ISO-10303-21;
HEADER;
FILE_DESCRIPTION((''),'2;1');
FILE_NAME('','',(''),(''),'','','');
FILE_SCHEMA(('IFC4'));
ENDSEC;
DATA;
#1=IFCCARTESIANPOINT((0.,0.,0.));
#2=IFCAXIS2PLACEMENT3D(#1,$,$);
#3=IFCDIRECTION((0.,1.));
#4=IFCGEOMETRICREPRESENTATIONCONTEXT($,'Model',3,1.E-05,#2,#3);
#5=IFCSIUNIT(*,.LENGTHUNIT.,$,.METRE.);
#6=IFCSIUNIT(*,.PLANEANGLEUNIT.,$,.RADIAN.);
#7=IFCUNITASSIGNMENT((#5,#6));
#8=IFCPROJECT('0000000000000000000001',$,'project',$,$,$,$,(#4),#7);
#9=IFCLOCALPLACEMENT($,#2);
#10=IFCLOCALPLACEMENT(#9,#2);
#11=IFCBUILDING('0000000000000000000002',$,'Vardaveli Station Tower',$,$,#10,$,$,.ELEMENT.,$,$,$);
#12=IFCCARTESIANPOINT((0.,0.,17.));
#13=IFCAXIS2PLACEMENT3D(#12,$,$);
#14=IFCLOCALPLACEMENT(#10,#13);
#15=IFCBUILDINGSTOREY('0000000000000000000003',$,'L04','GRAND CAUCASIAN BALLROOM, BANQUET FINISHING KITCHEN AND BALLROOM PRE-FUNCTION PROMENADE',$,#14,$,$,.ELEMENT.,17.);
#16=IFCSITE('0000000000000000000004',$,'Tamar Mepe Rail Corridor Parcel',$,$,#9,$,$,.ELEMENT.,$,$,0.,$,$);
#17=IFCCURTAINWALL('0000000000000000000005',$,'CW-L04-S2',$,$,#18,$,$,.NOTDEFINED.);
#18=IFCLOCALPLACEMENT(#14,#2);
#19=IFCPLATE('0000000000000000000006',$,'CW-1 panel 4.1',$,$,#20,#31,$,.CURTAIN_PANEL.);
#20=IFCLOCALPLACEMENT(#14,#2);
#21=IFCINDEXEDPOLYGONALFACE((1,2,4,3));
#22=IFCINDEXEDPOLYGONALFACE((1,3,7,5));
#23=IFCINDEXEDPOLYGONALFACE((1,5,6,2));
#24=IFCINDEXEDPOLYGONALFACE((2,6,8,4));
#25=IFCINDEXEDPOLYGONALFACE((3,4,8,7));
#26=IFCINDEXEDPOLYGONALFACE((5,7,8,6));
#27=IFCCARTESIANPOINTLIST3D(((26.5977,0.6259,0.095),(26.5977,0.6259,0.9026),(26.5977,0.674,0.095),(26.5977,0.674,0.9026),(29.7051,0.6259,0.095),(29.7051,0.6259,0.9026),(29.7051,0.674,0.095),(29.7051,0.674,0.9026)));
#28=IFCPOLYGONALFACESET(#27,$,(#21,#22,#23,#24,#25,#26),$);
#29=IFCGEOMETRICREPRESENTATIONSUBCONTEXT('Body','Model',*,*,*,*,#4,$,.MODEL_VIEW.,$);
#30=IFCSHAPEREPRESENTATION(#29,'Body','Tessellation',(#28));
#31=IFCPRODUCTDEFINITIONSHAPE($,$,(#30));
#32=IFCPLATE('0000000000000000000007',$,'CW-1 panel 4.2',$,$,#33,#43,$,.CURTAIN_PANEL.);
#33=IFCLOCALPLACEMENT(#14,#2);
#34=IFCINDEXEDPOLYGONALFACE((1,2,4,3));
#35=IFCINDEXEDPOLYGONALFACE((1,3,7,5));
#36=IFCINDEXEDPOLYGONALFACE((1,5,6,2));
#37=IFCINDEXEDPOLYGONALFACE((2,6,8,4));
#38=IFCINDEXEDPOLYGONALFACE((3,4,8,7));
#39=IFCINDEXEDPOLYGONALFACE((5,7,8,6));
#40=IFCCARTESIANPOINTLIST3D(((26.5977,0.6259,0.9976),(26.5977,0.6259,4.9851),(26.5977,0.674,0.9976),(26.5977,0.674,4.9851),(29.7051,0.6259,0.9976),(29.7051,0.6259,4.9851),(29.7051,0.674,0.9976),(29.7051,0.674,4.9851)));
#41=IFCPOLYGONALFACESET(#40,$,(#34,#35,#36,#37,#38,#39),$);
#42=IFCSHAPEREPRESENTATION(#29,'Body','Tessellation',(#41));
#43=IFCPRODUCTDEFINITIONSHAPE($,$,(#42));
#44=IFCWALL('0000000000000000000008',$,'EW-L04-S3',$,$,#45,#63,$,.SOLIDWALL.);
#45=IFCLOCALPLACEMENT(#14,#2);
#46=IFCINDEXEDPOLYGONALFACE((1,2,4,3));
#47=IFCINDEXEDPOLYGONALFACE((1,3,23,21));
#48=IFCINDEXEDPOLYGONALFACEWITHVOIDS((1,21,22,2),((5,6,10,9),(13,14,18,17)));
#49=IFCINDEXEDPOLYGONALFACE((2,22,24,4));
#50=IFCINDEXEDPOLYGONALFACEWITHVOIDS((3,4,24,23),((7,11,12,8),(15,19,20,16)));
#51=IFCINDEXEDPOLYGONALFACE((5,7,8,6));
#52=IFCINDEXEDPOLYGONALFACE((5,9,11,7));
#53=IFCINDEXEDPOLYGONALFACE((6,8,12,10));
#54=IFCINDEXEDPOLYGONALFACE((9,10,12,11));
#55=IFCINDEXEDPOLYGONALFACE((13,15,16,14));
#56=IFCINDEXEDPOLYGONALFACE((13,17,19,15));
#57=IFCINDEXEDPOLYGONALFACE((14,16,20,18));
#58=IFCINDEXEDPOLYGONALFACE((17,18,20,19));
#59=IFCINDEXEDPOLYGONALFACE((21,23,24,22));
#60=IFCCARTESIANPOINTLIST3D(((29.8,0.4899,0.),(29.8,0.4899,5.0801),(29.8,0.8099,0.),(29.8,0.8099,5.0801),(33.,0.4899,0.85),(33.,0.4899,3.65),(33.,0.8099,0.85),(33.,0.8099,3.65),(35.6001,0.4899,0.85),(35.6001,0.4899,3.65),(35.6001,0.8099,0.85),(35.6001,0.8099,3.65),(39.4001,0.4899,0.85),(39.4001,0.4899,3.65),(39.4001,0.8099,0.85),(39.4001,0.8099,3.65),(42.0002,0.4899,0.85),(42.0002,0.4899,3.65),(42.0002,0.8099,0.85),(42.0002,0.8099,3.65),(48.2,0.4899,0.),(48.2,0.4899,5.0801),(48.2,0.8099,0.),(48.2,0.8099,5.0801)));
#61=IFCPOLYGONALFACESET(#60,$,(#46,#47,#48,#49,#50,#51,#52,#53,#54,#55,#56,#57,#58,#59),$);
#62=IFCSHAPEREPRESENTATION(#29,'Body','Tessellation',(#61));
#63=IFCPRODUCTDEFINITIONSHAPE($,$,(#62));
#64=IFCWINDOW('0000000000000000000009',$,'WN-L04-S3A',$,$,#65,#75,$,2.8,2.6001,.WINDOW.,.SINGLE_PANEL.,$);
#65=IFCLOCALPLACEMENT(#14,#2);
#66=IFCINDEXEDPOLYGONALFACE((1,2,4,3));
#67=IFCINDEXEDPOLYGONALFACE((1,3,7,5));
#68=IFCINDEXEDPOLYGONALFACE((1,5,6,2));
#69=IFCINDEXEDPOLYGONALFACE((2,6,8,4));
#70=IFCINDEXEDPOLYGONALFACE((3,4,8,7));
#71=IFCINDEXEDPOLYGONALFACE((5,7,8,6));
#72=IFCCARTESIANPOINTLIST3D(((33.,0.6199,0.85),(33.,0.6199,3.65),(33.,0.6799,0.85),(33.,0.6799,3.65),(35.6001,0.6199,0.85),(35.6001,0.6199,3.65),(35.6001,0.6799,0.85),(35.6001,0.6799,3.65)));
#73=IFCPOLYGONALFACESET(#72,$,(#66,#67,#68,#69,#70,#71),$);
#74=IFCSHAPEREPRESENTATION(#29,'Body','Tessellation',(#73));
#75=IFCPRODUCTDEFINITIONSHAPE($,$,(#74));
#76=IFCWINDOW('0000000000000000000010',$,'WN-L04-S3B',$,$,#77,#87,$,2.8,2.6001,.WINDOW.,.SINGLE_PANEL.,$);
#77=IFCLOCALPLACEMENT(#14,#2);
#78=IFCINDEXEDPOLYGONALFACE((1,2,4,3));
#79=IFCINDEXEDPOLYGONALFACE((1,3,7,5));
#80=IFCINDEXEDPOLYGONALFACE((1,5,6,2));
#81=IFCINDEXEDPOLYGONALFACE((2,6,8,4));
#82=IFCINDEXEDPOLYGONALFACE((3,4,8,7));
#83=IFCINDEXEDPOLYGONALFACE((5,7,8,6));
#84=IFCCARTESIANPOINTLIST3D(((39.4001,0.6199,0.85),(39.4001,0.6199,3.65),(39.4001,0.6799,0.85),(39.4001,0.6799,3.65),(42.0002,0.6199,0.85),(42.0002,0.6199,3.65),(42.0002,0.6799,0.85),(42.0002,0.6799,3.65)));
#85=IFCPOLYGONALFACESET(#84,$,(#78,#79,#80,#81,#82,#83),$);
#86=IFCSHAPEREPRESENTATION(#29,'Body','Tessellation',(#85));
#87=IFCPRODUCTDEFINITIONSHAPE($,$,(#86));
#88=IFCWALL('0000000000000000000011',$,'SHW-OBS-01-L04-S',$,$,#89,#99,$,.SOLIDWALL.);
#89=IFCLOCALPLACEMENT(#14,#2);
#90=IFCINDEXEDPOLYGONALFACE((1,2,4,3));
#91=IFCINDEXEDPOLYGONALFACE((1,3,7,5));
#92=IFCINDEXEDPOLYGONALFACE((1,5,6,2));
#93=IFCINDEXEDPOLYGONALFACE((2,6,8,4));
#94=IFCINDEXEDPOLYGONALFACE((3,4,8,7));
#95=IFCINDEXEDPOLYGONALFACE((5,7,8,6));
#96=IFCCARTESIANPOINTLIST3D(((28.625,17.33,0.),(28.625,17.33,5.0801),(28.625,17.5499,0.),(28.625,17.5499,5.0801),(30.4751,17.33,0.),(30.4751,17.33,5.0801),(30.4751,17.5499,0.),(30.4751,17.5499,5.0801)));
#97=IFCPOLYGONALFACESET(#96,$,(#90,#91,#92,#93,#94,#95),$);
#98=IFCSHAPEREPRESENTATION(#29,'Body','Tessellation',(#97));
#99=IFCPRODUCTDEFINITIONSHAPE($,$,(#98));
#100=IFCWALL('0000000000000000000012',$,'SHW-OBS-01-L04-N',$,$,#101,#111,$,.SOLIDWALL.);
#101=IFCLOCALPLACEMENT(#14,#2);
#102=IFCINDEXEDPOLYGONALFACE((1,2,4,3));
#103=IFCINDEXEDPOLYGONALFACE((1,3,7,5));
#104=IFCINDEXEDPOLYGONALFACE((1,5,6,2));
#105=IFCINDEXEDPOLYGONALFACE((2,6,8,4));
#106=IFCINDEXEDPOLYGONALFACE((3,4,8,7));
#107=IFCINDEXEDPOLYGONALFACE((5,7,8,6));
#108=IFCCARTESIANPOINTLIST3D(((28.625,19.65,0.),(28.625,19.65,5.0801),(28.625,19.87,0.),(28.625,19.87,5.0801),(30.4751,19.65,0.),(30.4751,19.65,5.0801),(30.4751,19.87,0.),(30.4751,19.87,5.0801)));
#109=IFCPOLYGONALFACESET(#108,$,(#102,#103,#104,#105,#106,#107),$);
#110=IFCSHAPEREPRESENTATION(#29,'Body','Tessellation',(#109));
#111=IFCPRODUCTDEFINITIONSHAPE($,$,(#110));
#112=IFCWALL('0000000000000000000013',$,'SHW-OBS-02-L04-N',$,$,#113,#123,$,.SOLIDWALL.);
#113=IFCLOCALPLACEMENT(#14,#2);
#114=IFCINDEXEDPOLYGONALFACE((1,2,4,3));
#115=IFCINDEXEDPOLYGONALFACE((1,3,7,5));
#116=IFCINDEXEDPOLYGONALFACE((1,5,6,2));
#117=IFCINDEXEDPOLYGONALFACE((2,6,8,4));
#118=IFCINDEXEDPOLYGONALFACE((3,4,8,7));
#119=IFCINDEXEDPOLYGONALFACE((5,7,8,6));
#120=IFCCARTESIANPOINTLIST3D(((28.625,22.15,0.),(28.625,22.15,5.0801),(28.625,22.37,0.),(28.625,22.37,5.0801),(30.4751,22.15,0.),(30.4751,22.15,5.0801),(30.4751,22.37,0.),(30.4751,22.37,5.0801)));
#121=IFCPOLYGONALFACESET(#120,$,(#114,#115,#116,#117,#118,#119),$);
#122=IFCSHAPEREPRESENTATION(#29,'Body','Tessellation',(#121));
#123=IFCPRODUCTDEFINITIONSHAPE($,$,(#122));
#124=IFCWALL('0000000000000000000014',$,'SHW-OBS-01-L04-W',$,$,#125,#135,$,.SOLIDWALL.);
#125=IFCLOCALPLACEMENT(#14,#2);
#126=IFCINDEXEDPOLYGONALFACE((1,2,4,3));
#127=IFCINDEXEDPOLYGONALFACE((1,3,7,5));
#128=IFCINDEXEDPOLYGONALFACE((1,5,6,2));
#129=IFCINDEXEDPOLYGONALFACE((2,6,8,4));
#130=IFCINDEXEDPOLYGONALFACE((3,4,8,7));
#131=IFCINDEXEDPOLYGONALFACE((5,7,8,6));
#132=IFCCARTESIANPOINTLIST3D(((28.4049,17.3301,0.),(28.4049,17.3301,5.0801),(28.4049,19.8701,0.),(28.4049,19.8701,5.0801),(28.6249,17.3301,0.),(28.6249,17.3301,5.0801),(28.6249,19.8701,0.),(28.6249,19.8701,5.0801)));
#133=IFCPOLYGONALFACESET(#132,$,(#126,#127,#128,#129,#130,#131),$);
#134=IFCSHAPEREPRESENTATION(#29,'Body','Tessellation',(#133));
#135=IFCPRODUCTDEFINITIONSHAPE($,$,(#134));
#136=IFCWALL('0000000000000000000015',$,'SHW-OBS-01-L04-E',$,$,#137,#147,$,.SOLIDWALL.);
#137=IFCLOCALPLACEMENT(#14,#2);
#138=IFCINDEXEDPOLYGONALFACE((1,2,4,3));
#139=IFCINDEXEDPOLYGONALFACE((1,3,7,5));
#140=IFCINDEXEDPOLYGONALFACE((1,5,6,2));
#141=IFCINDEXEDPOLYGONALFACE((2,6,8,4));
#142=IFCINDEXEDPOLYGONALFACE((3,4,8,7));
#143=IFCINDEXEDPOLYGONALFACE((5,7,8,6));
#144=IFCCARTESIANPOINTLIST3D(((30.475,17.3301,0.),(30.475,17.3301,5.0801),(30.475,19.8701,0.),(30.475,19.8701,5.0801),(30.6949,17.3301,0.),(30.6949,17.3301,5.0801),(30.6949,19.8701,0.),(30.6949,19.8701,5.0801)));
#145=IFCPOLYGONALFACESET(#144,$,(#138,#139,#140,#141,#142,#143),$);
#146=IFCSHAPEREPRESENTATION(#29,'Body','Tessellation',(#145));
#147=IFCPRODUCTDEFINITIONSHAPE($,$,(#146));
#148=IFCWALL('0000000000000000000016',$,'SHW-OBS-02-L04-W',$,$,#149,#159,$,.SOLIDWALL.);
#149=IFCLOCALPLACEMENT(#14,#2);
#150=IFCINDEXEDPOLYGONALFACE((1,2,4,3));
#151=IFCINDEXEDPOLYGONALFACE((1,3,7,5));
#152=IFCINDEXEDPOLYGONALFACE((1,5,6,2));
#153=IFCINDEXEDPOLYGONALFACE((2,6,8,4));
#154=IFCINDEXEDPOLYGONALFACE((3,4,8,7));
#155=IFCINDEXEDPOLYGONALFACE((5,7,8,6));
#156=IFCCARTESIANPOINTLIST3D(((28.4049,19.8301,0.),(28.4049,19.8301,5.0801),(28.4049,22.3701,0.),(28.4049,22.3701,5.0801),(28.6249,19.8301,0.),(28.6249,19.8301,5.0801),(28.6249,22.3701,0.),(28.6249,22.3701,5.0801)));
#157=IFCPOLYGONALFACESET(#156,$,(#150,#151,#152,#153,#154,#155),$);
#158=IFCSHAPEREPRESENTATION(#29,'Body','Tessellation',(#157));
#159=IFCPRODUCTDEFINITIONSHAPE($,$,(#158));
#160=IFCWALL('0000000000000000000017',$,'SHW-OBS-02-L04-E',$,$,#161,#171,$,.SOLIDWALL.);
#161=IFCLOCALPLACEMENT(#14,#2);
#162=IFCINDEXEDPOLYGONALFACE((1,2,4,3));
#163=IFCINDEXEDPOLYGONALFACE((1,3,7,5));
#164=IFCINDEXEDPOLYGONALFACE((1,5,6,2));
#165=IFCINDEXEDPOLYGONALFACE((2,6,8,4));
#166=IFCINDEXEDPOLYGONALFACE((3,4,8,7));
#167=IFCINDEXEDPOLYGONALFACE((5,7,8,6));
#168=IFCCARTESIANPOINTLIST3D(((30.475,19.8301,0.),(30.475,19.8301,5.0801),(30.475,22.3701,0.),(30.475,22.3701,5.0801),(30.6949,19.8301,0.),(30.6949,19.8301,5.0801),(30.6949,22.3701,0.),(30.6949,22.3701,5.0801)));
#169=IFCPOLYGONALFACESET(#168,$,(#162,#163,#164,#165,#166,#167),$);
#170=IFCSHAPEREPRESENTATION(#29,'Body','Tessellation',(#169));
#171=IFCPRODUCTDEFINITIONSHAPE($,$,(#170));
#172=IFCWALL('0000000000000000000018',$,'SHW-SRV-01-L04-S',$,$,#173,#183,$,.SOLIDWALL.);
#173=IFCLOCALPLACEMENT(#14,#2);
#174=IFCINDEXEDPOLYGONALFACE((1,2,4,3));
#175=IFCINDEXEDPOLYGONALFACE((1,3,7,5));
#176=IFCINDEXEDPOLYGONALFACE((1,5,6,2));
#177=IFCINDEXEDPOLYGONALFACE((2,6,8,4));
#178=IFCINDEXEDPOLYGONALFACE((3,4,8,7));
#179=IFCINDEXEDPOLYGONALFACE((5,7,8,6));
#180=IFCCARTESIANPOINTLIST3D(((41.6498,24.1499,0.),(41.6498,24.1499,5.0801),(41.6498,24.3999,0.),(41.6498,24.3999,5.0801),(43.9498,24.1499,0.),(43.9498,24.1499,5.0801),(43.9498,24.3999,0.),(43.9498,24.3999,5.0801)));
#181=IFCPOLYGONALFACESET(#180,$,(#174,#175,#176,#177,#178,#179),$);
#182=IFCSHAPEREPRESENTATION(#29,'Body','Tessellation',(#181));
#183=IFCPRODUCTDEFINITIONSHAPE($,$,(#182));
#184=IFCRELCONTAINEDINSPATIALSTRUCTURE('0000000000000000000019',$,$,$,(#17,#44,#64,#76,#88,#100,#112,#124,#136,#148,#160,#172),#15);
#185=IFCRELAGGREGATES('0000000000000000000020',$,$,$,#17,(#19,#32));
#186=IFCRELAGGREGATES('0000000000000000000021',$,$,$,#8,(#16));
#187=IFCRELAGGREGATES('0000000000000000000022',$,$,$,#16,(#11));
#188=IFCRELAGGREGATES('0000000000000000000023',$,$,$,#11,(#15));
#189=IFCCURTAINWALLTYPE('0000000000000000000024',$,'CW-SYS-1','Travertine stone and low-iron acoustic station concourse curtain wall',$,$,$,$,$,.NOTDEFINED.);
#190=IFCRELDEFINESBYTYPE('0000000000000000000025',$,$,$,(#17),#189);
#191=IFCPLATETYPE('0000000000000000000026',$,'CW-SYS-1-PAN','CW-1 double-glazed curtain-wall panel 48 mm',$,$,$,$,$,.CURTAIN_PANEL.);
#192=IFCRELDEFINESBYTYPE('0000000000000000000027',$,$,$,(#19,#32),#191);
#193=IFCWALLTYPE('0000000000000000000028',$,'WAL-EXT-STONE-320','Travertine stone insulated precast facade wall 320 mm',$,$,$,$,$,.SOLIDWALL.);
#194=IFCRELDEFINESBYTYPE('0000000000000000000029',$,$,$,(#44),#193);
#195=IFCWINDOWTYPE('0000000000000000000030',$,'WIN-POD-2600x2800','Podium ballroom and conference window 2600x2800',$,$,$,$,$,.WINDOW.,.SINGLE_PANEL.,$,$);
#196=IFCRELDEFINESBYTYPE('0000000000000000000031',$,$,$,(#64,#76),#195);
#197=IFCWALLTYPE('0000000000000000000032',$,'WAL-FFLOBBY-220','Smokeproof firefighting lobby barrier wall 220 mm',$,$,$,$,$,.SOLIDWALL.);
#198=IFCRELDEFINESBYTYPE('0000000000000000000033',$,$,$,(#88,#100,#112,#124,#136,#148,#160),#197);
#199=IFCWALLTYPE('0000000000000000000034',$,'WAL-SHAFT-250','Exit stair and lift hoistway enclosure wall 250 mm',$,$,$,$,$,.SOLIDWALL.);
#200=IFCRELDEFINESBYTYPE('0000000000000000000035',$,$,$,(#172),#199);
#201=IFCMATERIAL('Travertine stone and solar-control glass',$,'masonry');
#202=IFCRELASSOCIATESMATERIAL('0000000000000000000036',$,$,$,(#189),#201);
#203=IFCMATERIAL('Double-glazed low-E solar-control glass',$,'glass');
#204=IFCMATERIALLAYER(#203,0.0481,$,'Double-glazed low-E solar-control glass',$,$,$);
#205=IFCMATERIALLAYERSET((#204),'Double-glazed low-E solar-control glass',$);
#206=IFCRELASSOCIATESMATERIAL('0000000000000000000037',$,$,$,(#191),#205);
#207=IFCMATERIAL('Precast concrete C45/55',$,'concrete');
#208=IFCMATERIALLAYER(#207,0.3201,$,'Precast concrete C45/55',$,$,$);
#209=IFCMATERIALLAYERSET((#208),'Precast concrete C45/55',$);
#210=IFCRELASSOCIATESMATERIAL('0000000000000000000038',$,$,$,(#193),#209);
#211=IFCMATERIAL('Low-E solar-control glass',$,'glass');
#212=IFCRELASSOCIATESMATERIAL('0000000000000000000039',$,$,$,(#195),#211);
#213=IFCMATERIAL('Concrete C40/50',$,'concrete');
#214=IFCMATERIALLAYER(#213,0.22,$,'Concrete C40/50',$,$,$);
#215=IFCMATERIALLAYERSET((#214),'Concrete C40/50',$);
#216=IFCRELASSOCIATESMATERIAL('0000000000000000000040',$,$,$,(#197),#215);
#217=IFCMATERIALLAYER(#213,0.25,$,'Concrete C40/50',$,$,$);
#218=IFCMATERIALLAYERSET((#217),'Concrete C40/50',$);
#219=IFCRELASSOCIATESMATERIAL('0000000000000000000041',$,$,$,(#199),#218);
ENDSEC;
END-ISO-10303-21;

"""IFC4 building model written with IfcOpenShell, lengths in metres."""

from ifc_helpers import new_model, si_unit, direction, frame, frame_2d, origin, origin_2d, place, context, subcontext, project, spatial, rectangle, extrude, source, transform, mapped, material, layer, layer_set, type_object, element, fill, aggregate, save


model = new_model("IFC4")

# Units and contexts
model_context = context("Model", 3, precision=1e-05, world=origin(), true_north=direction((0.0, 1.0)))
body_context = subcontext(model_context, "Body", "Model", "MODEL_VIEW")
ifc_project = project(units=[si_unit("LENGTHUNIT", "METRE"), si_unit("PLANEANGLEUNIT", "RADIAN")], contexts=[model_context])

# Site, building, storey
site_placement = place(None, origin())
site = spatial("IfcSite", under=ifc_project, at=site_placement, Name="Tamar Mepe Rail Corridor Parcel", CompositionType="ELEMENT", RefElevation=0.0)
building_placement = place(site_placement, origin())
building = spatial("IfcBuilding", under=site, at=building_placement, Name="Vardaveli Station Tower", CompositionType="ELEMENT")
storey_placement = place(building_placement, frame((0.0, 0.0, 17.0)))
storey = spatial("IfcBuildingStorey", under=building, at=storey_placement, Name="L04", Description="GRAND CAUCASIAN BALLROOM, BANQUET FINISHING KITCHEN AND BALLROOM PRE-FUNCTION PROMENADE", CompositionType="ELEMENT", Elevation=17.0)

# Curtain wall, plates
ifc_material_1 = material(Name="Travertine stone and solar-control glass", Category="masonry")
curtain_wall_type = type_object("IfcCurtainWallType", Name="CW-SYS-1", Description="Travertine stone and low-iron acoustic station concourse curtain wall", PredefinedType="NOTDEFINED", material=ifc_material_1)
curtain_wall_placement = place(storey_placement, origin())
curtain_wall = element("IfcCurtainWall", 1, at=curtain_wall_placement, inside=storey, type_object=curtain_wall_type, Name="CW-L04-S2", PredefinedType="NOTDEFINED")
ifc_material_2 = material(Name="Double-glazed low-E solar-control glass", Category="glass")
ifc_layer_1 = layer(ifc_material_2, 0.0481, Name="Double-glazed low-E solar-control glass")
ifc_layer_set_1 = layer_set([ifc_layer_1], Name="Double-glazed low-E solar-control glass")
plate_type = type_object("IfcPlateType", Name="CW-SYS-1-PAN", Description="CW-1 double-glazed curtain-wall panel 48 mm", PredefinedType="CURTAIN_PANEL", material=ifc_layer_set_1)
shared_shape_1 = source(origin(), body_context, "Body", "SweptSolid", [
    extrude(rectangle(XDim=3.1074, YDim=0.0481, at=origin_2d()), origin(), (0.0, 0.0, 1.0), 0.8076),
])
plate_1_placement = place(storey_placement, frame((28.1514, 0.6499, 0.095), z_axis=(0.0, 0.0, 1.0), x_axis=(1.0, 0.0, 0.0)))
plate_1 = element("IfcPlate", 2, at=plate_1_placement, type_object=plate_type, Name="CW-1 panel 4.1", PredefinedType="CURTAIN_PANEL", context=body_context, shape_type="MappedRepresentation", body=[
    mapped(shared_shape_1, transform((0.0, 0.0, 0.0), scale=1.0)),
])
shared_shape_2 = source(origin(), body_context, "Body", "SweptSolid", [
    extrude(rectangle(XDim=3.1074, YDim=0.0481, at=origin_2d()), origin(), (0.0, 0.0, 1.0), 3.9875),
])
plate_2_placement = place(storey_placement, frame((28.1514, 0.6499, 0.9976), z_axis=(0.0, 0.0, 1.0), x_axis=(1.0, 0.0, 0.0)))
plate_2 = element("IfcPlate", 3, at=plate_2_placement, type_object=plate_type, Name="CW-1 panel 4.2", PredefinedType="CURTAIN_PANEL", context=body_context, shape_type="MappedRepresentation", body=[
    mapped(shared_shape_2, transform((0.0, 0.0, 0.0), scale=1.0)),
])
aggregate(curtain_wall, [plate_1, plate_2])

# Wall, openings, windows
ifc_material_3 = material(Name="Precast concrete C45/55", Category="concrete")
ifc_layer_2 = layer(ifc_material_3, 0.3201, Name="Precast concrete C45/55")
ifc_layer_set_2 = layer_set([ifc_layer_2], Name="Precast concrete C45/55")
wall_type_1 = type_object("IfcWallType", Name="WAL-EXT-STONE-320", Description="Travertine stone insulated precast facade wall 320 mm", PredefinedType="SOLIDWALL", material=ifc_layer_set_2)
shared_shape_3 = source(origin(), body_context, "Body", "SweptSolid", [
    extrude(rectangle(XDim=18.3999, YDim=0.3201, at=frame_2d((9.2, 0.0))), origin(), (0.0, 0.0, 1.0), 5.0801),
])
wall_1_placement = place(storey_placement, frame((29.8, 0.6499, 0.0), z_axis=(0.0, 0.0, 1.0), x_axis=(1.0, 0.0, 0.0)))
wall_1 = element("IfcWall", 4, at=wall_1_placement, inside=storey, type_object=wall_type_1, Name="EW-L04-S3", PredefinedType="SOLIDWALL", context=body_context, shape_type="MappedRepresentation", body=[
    mapped(shared_shape_3, transform((0.0, 0.0, 0.0), scale=1.0)),
])
shared_shape_4 = source(origin(), body_context, "Body", "SweptSolid", [
    extrude(rectangle(XDim=2.6001, YDim=2.8, at=frame_2d((1.3, 1.3999))), frame((0.0, 0.1699, 0.0), z_axis=(0.0, -1.0, 0.0), x_axis=(1.0, 0.0, 0.0)), (0.0, 0.0, 1.0), 0.3401),
])
opening_1_placement = place(wall_1_placement, frame((3.2, 0.0, 0.8501)))
opening_1 = element("IfcOpeningElement", 5, at=opening_1_placement, cuts=wall_1, PredefinedType="OPENING", context=body_context, shape_type="MappedRepresentation", body=[
    mapped(shared_shape_4, transform((0.0, 0.0, 0.0), scale=1.0)),
])
opening_2_placement = place(wall_1_placement, frame((9.6001, 0.0, 0.8501)))
opening_2 = element("IfcOpeningElement", 6, at=opening_2_placement, cuts=wall_1, PredefinedType="OPENING", context=body_context, shape_type="MappedRepresentation", body=[
    mapped(shared_shape_4, transform((0.0, 0.0, 0.0), scale=1.0)),
])
ifc_material_4 = material(Name="Low-E solar-control glass", Category="glass")
window_type = type_object("IfcWindowType", Name="WIN-POD-2600x2800", Description="Podium ballroom and conference window 2600x2800", PartitioningType="SINGLE_PANEL", PredefinedType="WINDOW", material=ifc_material_4)
shared_shape_5 = source(origin(), body_context, "Body", "SweptSolid", [
    extrude(rectangle(XDim=2.6001, YDim=2.8, at=frame_2d((1.3, 1.3999))), frame((0.0, 0.03, 0.0), z_axis=(0.0, -1.0, 0.0), x_axis=(1.0, 0.0, 0.0)), (0.0, 0.0, 1.0), 0.0601),
])
window_1_placement = place(opening_1_placement, origin())
window_1 = element("IfcWindow", 7, at=window_1_placement, inside=storey, type_object=window_type, Name="WN-L04-S3A", OverallHeight=2.8, OverallWidth=2.6001, PartitioningType="SINGLE_PANEL", PredefinedType="WINDOW", context=body_context, shape_type="MappedRepresentation", body=[
    mapped(shared_shape_5, transform((0.0, 0.0, 0.0), scale=1.0)),
])
fill(opening_1, window_1)
window_2_placement = place(opening_2_placement, origin())
window_2 = element("IfcWindow", 8, at=window_2_placement, inside=storey, type_object=window_type, Name="WN-L04-S3B", OverallHeight=2.8, OverallWidth=2.6001, PartitioningType="SINGLE_PANEL", PredefinedType="WINDOW", context=body_context, shape_type="MappedRepresentation", body=[
    mapped(shared_shape_5, transform((0.0, 0.0, 0.0), scale=1.0)),
])
fill(opening_2, window_2)

# Walls
ifc_material_5 = material(Name="Concrete C40/50", Category="concrete")
ifc_layer_3 = layer(ifc_material_5, 0.22, Name="Concrete C40/50")
ifc_layer_set_3 = layer_set([ifc_layer_3], Name="Concrete C40/50")
wall_type_2 = type_object("IfcWallType", Name="WAL-FFLOBBY-220", Description="Smokeproof firefighting lobby barrier wall 220 mm", PredefinedType="SOLIDWALL", material=ifc_layer_set_3)
shared_shape_6 = source(origin(), body_context, "Body", "SweptSolid", [
    extrude(rectangle(XDim=1.8501, YDim=0.22, at=frame_2d((0.925, 0.0))), origin(), (0.0, 0.0, 1.0), 5.0801),
])
for number, where, z_axis, x_axis, name in (
    (9, (28.625, 17.4399, 0.0), (0.0, 0.0, 1.0), (1.0, 0.0, 0.0), "SHW-OBS-01-L04-S"),
    (10, (28.625, 19.76, 0.0), (0.0, 0.0, 1.0), (1.0, 0.0, 0.0), "SHW-OBS-01-L04-N"),
    (11, (28.625, 22.26, 0.0), (0.0, 0.0, 1.0), (1.0, 0.0, 0.0), "SHW-OBS-02-L04-N"),
):
    element("IfcWall", number, at=place(storey_placement, frame(where, z_axis=z_axis, x_axis=x_axis)), inside=storey, type_object=wall_type_2, Name=name, PredefinedType="SOLIDWALL", context=body_context, shape_type="MappedRepresentation", body=[
        mapped(shared_shape_6, transform((0.0, 0.0, 0.0), scale=1.0)),
    ])
shared_shape_7 = source(origin(), body_context, "Body", "SweptSolid", [
    extrude(rectangle(XDim=2.54, YDim=0.22, at=frame_2d((1.27, 0.0))), origin(), (0.0, 0.0, 1.0), 5.0801),
])
for number, where, z_axis, x_axis, name in (
    (12, (28.5149, 17.3301, 0.0), (0.0, 0.0, 1.0), (0.0, 1.0, 0.0), "SHW-OBS-01-L04-W"),
    (13, (30.585, 17.3301, 0.0), (0.0, 0.0, 1.0), (0.0, 1.0, 0.0), "SHW-OBS-01-L04-E"),
    (14, (28.5149, 19.8301, 0.0), (0.0, 0.0, 1.0), (0.0, 1.0, 0.0), "SHW-OBS-02-L04-W"),
    (15, (30.585, 19.8301, 0.0), (0.0, 0.0, 1.0), (0.0, 1.0, 0.0), "SHW-OBS-02-L04-E"),
):
    element("IfcWall", number, at=place(storey_placement, frame(where, z_axis=z_axis, x_axis=x_axis)), inside=storey, type_object=wall_type_2, Name=name, PredefinedType="SOLIDWALL", context=body_context, shape_type="MappedRepresentation", body=[
        mapped(shared_shape_7, transform((0.0, 0.0, 0.0), scale=1.0)),
    ])
ifc_layer_4 = layer(ifc_material_5, 0.25, Name="Concrete C40/50")
ifc_layer_set_4 = layer_set([ifc_layer_4], Name="Concrete C40/50")
wall_type_3 = type_object("IfcWallType", Name="WAL-SHAFT-250", Description="Exit stair and lift hoistway enclosure wall 250 mm", PredefinedType="SOLIDWALL", material=ifc_layer_set_4)
shared_shape_8 = source(origin(), body_context, "Body", "SweptSolid", [
    extrude(rectangle(XDim=2.3, YDim=0.25, at=frame_2d((1.1499, 0.0))), origin(), (0.0, 0.0, 1.0), 5.0801),
])
wall_2_placement = place(storey_placement, frame((41.6499, 24.2749, 0.0), z_axis=(0.0, 0.0, 1.0), x_axis=(1.0, 0.0, 0.0)))
element("IfcWall", 16, at=wall_2_placement, inside=storey, type_object=wall_type_3, Name="SHW-SRV-01-L04-S", PredefinedType="SOLIDWALL", context=body_context, shape_type="MappedRepresentation", body=[
    mapped(shared_shape_8, transform((0.0, 0.0, 0.0), scale=1.0)),
])

save(model, "model.ifc")
